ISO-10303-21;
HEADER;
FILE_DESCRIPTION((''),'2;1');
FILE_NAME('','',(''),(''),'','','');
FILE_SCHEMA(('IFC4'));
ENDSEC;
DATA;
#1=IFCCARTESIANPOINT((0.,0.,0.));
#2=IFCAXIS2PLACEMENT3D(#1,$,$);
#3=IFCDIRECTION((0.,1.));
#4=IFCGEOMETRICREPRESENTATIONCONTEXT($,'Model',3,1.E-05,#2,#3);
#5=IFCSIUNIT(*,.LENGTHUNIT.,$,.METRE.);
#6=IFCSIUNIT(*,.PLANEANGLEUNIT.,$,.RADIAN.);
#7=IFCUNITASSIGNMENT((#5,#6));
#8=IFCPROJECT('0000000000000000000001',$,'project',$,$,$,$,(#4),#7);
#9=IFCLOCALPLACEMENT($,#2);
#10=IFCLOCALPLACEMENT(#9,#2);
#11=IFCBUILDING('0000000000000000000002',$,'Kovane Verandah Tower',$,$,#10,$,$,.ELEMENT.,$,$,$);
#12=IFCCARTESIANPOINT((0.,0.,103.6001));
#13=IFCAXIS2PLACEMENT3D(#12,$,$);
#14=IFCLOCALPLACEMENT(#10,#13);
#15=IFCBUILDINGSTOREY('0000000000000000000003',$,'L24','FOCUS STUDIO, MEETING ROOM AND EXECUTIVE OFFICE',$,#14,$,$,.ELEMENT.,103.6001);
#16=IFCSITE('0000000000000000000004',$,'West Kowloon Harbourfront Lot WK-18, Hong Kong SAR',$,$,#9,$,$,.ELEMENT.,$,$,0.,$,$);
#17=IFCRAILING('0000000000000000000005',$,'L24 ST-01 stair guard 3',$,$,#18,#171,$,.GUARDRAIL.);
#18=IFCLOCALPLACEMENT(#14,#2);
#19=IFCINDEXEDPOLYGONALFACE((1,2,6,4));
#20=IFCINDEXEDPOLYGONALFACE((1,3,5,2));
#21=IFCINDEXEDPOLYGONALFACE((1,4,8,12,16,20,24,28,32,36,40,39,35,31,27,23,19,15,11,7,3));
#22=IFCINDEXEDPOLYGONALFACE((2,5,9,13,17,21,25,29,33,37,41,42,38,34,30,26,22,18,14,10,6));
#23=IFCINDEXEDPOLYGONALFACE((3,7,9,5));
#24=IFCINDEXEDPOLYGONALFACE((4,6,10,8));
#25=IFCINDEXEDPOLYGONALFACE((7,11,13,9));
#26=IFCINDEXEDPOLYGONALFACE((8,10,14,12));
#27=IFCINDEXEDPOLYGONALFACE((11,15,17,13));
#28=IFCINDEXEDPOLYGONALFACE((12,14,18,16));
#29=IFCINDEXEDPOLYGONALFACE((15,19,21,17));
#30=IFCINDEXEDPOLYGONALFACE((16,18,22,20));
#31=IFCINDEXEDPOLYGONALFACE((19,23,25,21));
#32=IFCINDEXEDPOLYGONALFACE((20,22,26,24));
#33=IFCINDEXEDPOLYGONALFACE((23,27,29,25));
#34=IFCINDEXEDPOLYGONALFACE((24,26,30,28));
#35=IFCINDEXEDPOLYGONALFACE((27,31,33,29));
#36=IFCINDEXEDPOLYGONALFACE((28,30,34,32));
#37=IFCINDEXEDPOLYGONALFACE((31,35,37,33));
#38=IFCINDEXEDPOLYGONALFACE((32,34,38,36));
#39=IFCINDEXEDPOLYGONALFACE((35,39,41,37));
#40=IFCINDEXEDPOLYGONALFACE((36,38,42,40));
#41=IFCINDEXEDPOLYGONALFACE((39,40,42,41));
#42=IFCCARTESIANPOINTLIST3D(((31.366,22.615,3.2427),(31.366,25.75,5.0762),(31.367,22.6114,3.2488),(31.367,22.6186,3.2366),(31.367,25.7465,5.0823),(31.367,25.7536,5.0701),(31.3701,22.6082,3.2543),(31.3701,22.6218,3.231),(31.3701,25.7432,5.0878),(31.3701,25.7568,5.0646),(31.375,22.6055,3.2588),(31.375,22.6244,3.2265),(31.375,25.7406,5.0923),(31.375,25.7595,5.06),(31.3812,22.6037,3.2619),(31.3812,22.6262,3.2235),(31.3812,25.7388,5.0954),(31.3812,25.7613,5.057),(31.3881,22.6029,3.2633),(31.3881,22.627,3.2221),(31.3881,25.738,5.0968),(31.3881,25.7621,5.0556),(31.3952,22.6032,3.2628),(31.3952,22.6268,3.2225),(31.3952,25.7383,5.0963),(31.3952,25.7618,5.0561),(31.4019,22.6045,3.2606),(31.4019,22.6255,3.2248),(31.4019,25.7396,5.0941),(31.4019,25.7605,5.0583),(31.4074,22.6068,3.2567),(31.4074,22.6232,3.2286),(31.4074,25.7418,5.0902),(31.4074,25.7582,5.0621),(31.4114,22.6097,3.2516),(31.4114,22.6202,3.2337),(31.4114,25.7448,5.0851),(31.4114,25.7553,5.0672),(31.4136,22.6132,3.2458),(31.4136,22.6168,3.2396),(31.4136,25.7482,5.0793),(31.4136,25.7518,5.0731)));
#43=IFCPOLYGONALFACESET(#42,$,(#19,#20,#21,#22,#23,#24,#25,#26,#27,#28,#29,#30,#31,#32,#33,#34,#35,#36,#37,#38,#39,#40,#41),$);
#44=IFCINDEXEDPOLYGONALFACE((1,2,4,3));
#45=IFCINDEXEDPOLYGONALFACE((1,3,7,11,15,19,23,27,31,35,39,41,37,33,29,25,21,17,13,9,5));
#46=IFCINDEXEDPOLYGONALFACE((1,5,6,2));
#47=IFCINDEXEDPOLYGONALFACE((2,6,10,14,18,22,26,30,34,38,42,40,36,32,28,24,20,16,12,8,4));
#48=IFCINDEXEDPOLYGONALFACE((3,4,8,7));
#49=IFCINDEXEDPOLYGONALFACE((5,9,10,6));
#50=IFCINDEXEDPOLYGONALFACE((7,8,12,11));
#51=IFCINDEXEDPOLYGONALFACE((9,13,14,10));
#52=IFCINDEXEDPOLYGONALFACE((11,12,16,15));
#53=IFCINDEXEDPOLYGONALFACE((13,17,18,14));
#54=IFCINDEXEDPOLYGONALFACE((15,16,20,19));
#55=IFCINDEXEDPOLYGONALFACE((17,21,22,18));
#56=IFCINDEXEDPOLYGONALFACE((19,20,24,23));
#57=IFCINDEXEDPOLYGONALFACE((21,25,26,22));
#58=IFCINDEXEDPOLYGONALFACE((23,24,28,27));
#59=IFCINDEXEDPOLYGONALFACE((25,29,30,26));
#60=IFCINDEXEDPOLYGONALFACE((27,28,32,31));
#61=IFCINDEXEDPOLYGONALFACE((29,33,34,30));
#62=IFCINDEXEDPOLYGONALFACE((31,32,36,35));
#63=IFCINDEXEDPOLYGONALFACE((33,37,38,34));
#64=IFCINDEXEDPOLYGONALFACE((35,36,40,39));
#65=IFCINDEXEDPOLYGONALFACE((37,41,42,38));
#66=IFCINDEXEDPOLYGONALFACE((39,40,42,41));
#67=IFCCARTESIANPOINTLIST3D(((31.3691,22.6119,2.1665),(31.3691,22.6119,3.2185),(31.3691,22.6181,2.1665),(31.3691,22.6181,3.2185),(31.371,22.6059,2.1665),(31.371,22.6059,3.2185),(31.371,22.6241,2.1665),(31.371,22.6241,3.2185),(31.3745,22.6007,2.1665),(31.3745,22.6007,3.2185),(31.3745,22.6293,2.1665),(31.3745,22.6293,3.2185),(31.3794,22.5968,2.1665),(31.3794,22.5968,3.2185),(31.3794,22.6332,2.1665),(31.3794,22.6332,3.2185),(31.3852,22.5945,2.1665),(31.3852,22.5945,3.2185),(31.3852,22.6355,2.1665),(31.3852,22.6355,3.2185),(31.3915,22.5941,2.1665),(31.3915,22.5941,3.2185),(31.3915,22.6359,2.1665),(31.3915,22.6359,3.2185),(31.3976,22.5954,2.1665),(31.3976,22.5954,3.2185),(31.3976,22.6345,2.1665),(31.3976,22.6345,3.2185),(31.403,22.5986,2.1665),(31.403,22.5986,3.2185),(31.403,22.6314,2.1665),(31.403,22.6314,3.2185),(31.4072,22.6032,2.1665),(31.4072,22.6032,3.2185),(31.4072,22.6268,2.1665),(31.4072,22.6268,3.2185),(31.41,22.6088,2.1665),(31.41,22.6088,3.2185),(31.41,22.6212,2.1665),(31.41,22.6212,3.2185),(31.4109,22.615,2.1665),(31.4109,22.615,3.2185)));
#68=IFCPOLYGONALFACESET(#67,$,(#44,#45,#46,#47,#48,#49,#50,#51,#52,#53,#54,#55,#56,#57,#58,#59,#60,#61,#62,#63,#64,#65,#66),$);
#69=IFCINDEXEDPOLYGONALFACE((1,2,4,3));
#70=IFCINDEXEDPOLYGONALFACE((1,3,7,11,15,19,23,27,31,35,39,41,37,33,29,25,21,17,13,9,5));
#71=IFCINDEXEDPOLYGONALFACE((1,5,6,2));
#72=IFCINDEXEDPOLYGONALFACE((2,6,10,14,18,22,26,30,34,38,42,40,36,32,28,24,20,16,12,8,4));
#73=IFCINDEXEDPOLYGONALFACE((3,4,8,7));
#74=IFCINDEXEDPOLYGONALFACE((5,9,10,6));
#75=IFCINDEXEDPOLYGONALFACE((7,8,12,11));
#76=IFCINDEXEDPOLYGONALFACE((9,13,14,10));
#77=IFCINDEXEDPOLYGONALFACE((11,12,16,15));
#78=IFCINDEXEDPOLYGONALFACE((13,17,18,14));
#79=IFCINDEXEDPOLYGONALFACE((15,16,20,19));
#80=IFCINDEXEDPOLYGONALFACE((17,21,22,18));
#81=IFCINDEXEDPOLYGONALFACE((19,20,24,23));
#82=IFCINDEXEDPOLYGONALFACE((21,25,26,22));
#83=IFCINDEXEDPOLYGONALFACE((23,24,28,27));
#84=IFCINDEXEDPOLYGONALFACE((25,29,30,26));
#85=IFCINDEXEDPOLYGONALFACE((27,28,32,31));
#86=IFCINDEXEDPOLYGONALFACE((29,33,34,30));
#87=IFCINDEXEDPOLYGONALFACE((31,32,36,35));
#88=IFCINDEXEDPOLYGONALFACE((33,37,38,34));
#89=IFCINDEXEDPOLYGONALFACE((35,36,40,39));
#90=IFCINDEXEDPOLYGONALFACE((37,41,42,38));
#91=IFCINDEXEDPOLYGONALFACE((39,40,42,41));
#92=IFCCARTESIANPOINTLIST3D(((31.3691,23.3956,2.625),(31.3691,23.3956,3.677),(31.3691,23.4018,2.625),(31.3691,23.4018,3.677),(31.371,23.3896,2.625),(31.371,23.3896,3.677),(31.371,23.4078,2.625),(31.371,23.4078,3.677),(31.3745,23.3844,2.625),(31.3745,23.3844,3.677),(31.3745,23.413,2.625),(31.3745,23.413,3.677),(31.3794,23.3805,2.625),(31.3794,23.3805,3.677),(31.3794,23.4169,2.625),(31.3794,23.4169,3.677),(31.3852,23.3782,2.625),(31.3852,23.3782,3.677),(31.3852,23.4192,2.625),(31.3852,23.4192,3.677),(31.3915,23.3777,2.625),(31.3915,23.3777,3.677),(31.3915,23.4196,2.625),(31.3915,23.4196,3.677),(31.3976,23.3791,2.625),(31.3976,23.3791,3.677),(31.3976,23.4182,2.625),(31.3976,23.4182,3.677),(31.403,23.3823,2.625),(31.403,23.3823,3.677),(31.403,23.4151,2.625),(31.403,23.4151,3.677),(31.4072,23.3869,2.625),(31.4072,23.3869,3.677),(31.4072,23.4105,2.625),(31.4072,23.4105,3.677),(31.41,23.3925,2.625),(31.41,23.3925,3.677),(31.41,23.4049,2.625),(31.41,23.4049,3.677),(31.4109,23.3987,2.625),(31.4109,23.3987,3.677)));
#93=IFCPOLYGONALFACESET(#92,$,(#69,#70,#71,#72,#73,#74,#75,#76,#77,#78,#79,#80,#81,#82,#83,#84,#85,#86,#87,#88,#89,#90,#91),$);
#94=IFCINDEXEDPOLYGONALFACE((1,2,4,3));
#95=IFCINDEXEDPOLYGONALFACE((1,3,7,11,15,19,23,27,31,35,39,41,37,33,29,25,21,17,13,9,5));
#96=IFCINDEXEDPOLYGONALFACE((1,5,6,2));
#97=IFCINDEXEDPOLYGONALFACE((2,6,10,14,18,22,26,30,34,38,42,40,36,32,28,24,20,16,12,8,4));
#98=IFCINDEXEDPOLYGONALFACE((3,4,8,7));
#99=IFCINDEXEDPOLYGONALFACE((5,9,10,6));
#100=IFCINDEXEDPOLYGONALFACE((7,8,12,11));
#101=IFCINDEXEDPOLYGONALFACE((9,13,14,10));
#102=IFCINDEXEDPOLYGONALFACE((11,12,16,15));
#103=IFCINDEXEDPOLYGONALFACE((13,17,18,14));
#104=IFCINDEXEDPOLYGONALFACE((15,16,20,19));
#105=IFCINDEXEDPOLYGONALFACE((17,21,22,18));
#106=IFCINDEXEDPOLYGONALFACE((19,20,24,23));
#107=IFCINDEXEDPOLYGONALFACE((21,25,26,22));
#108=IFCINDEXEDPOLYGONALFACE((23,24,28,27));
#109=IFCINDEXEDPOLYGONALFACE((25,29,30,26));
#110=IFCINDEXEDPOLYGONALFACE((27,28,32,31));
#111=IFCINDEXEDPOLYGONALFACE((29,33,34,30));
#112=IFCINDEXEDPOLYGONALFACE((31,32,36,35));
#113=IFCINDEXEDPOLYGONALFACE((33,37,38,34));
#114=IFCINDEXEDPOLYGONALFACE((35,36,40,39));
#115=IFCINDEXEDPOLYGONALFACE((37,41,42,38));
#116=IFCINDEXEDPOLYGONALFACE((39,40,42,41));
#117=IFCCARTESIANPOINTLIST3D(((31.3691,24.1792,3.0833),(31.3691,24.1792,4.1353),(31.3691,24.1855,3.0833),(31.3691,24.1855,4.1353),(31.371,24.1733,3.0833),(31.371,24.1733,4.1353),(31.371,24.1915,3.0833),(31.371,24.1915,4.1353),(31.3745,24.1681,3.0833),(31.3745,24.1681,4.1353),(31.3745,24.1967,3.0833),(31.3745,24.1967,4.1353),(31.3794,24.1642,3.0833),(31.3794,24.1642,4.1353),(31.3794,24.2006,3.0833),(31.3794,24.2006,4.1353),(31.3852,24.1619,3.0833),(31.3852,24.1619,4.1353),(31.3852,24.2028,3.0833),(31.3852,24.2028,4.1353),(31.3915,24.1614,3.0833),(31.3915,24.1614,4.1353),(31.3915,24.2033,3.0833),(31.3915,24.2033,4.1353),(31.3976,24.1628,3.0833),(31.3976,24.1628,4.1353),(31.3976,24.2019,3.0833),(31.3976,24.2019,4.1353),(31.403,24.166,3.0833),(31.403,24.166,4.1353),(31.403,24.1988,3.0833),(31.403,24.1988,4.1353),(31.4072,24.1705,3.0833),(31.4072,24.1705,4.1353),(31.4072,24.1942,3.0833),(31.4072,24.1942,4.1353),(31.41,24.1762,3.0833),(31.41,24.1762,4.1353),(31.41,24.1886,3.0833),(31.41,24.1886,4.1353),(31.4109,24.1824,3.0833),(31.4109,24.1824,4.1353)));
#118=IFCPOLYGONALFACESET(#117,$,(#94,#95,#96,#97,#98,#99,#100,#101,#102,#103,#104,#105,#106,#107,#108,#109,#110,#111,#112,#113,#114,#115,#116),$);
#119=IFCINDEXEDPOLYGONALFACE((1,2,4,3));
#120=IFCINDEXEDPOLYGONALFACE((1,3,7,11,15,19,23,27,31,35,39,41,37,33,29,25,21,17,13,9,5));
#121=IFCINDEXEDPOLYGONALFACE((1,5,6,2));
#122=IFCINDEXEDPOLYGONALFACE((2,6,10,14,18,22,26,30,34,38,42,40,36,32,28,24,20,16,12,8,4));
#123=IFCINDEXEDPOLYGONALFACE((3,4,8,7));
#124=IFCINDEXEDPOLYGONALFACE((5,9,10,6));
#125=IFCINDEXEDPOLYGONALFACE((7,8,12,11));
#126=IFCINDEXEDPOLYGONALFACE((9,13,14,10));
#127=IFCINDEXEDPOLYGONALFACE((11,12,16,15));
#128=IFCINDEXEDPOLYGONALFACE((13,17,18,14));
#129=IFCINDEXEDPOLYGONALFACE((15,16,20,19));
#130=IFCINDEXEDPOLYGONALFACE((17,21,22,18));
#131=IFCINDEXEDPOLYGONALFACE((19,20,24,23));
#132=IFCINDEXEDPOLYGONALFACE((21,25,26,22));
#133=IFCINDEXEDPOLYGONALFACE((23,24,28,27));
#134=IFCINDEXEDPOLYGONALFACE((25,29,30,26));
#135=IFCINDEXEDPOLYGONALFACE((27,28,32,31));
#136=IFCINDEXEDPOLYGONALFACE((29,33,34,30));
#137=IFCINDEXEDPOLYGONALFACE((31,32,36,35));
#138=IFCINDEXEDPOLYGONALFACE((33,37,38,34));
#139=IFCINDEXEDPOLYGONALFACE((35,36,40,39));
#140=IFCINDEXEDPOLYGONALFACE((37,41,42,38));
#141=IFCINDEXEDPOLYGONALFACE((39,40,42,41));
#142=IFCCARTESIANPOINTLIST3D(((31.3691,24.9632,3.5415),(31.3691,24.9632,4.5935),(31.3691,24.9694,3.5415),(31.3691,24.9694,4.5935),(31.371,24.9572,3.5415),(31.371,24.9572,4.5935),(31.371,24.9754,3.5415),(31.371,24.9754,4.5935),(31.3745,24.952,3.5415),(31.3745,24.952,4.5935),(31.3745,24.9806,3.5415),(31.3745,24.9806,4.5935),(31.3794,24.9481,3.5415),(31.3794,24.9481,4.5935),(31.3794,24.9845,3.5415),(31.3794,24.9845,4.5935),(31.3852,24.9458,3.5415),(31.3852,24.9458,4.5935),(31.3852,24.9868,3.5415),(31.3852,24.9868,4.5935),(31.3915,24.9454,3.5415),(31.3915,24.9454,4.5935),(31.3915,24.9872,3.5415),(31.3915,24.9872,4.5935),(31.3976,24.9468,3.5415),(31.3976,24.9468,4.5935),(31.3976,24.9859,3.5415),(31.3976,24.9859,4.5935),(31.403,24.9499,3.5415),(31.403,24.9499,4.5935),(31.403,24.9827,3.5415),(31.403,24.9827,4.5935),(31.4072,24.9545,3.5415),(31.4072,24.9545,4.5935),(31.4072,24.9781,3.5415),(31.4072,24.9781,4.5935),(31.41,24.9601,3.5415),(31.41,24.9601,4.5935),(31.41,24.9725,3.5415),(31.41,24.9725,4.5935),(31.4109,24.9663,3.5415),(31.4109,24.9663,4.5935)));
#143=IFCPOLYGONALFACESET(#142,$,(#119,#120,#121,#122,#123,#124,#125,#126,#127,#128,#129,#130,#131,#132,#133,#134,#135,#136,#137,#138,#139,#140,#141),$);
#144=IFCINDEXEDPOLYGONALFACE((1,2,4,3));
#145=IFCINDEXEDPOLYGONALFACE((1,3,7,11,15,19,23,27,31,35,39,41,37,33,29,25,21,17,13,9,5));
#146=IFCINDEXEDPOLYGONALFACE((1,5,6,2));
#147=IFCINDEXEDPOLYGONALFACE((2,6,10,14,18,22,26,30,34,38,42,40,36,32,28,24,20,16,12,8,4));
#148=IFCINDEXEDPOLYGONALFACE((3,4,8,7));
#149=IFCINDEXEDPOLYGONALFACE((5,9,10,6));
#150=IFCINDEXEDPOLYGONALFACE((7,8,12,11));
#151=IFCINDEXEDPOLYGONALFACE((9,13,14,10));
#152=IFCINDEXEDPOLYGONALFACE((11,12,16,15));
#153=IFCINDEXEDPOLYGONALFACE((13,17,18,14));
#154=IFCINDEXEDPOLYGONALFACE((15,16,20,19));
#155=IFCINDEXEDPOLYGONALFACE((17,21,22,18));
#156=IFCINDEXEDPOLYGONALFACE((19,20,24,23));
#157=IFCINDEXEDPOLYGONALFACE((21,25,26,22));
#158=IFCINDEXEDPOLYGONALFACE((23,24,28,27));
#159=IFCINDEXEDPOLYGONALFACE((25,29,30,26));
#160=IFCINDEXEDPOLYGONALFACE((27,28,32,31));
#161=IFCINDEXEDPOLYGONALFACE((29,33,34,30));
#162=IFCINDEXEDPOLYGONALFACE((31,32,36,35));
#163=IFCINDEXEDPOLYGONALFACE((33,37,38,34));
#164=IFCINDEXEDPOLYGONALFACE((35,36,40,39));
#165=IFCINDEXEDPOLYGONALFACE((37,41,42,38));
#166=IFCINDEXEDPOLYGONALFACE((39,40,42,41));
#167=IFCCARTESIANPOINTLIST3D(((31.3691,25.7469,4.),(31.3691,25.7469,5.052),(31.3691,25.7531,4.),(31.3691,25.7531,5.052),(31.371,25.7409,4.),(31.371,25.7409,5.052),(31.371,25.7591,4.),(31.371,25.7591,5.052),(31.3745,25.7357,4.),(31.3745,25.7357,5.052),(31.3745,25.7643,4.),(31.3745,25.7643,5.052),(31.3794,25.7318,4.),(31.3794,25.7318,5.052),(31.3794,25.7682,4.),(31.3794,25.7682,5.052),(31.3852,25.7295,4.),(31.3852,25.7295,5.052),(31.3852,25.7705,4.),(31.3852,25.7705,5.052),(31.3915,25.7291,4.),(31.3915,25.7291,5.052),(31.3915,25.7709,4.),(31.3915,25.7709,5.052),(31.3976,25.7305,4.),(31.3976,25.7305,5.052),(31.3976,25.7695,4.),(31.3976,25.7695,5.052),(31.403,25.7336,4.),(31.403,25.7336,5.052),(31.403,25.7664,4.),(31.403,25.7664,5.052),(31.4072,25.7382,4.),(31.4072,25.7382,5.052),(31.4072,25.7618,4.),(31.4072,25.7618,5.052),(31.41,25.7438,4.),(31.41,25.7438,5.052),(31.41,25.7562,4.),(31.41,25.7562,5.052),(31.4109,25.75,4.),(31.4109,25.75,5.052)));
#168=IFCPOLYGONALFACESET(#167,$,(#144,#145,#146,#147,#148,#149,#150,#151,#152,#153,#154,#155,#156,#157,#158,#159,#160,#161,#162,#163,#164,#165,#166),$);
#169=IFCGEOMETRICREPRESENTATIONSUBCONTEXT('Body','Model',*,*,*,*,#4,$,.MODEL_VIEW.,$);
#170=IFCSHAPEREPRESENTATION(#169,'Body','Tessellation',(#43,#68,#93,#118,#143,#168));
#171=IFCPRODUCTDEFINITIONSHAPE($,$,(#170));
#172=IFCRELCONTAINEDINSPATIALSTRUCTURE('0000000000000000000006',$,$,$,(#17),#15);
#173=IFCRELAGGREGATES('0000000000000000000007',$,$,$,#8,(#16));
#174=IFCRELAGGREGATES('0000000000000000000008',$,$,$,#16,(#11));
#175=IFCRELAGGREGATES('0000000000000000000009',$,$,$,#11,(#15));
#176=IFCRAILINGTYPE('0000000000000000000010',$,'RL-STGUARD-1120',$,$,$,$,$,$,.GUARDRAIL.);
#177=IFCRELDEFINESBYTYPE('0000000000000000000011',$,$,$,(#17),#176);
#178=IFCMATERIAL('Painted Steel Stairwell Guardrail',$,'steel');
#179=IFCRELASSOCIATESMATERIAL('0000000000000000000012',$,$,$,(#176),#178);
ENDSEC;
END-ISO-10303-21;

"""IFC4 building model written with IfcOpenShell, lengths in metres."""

from ifc_helpers import new_model, si_unit, direction, frame, origin, origin_2d, place, context, subcontext, project, spatial, circle, extrude, material, type_object, element, save


model = new_model("IFC4")

# Units and contexts
model_context = context("Model", 3, precision=1e-05, world=origin(), true_north=direction((0.0, 1.0)))
body_context = subcontext(model_context, "Body", "Model", "MODEL_VIEW")
ifc_project = project(units=[si_unit("LENGTHUNIT", "METRE"), si_unit("PLANEANGLEUNIT", "RADIAN")], contexts=[model_context])

# Site, building, storey
site_placement = place(None, origin())
site = spatial("IfcSite", under=ifc_project, at=site_placement, Name="West Kowloon Harbourfront Lot WK-18, Hong Kong SAR", CompositionType="ELEMENT", RefElevation=0.0)
building_placement = place(site_placement, origin())
building = spatial("IfcBuilding", under=site, at=building_placement, Name="Kovane Verandah Tower", CompositionType="ELEMENT")
storey_placement = place(building_placement, frame((0.0, 0.0, 103.6001)))
storey = spatial("IfcBuildingStorey", under=building, at=storey_placement, Name="L24", Description="FOCUS STUDIO, MEETING ROOM AND EXECUTIVE OFFICE", CompositionType="ELEMENT", Elevation=103.6001)

# Railing
ifc_material_1 = material(Name="Painted Steel Stairwell Guardrail", Category="steel")
railing_type_1 = type_object("IfcRailingType", Name="RL-STGUARD-1120", PredefinedType="GUARDRAIL", material=ifc_material_1)
railing_1_placement = place(storey_placement, frame((31.3899, 22.615, 2.1665)))
element("IfcRailing", 1, at=railing_1_placement, inside=storey, type_object=railing_type_1, Name="L24 ST-01 stair guard 3", PredefinedType="GUARDRAIL", context=body_context, shape_type="SweptSolid", body=[
    extrude(circle(Radius=0.0239, at=origin_2d()), frame((0.0, 0.0, 1.0762), z_axis=(0.0, 0.86321, 0.504845), x_axis=(-1.0, 0.0, 0.0)), (0.0, 0.0, 1.0), 3.6318),
    extrude(circle(Radius=0.021, at=origin_2d()), origin(), (0.0, 0.0, 1.0), 1.052),
    extrude(circle(Radius=0.021, at=origin_2d()), frame((0.0, 0.7837, 0.4585)), (0.0, 0.0, 1.0), 1.052),
    extrude(circle(Radius=0.021, at=origin_2d()), frame((0.0, 1.5674, 0.9167)), (0.0, 0.0, 1.0), 1.052),
    extrude(circle(Radius=0.021, at=origin_2d()), frame((0.0, 2.3513, 1.375)), (0.0, 0.0, 1.0), 1.052),
    extrude(circle(Radius=0.021, at=origin_2d()), frame((0.0, 3.135, 1.8335)), (0.0, 0.0, 1.0), 1.052),
])

save(model, "model.ifc")
